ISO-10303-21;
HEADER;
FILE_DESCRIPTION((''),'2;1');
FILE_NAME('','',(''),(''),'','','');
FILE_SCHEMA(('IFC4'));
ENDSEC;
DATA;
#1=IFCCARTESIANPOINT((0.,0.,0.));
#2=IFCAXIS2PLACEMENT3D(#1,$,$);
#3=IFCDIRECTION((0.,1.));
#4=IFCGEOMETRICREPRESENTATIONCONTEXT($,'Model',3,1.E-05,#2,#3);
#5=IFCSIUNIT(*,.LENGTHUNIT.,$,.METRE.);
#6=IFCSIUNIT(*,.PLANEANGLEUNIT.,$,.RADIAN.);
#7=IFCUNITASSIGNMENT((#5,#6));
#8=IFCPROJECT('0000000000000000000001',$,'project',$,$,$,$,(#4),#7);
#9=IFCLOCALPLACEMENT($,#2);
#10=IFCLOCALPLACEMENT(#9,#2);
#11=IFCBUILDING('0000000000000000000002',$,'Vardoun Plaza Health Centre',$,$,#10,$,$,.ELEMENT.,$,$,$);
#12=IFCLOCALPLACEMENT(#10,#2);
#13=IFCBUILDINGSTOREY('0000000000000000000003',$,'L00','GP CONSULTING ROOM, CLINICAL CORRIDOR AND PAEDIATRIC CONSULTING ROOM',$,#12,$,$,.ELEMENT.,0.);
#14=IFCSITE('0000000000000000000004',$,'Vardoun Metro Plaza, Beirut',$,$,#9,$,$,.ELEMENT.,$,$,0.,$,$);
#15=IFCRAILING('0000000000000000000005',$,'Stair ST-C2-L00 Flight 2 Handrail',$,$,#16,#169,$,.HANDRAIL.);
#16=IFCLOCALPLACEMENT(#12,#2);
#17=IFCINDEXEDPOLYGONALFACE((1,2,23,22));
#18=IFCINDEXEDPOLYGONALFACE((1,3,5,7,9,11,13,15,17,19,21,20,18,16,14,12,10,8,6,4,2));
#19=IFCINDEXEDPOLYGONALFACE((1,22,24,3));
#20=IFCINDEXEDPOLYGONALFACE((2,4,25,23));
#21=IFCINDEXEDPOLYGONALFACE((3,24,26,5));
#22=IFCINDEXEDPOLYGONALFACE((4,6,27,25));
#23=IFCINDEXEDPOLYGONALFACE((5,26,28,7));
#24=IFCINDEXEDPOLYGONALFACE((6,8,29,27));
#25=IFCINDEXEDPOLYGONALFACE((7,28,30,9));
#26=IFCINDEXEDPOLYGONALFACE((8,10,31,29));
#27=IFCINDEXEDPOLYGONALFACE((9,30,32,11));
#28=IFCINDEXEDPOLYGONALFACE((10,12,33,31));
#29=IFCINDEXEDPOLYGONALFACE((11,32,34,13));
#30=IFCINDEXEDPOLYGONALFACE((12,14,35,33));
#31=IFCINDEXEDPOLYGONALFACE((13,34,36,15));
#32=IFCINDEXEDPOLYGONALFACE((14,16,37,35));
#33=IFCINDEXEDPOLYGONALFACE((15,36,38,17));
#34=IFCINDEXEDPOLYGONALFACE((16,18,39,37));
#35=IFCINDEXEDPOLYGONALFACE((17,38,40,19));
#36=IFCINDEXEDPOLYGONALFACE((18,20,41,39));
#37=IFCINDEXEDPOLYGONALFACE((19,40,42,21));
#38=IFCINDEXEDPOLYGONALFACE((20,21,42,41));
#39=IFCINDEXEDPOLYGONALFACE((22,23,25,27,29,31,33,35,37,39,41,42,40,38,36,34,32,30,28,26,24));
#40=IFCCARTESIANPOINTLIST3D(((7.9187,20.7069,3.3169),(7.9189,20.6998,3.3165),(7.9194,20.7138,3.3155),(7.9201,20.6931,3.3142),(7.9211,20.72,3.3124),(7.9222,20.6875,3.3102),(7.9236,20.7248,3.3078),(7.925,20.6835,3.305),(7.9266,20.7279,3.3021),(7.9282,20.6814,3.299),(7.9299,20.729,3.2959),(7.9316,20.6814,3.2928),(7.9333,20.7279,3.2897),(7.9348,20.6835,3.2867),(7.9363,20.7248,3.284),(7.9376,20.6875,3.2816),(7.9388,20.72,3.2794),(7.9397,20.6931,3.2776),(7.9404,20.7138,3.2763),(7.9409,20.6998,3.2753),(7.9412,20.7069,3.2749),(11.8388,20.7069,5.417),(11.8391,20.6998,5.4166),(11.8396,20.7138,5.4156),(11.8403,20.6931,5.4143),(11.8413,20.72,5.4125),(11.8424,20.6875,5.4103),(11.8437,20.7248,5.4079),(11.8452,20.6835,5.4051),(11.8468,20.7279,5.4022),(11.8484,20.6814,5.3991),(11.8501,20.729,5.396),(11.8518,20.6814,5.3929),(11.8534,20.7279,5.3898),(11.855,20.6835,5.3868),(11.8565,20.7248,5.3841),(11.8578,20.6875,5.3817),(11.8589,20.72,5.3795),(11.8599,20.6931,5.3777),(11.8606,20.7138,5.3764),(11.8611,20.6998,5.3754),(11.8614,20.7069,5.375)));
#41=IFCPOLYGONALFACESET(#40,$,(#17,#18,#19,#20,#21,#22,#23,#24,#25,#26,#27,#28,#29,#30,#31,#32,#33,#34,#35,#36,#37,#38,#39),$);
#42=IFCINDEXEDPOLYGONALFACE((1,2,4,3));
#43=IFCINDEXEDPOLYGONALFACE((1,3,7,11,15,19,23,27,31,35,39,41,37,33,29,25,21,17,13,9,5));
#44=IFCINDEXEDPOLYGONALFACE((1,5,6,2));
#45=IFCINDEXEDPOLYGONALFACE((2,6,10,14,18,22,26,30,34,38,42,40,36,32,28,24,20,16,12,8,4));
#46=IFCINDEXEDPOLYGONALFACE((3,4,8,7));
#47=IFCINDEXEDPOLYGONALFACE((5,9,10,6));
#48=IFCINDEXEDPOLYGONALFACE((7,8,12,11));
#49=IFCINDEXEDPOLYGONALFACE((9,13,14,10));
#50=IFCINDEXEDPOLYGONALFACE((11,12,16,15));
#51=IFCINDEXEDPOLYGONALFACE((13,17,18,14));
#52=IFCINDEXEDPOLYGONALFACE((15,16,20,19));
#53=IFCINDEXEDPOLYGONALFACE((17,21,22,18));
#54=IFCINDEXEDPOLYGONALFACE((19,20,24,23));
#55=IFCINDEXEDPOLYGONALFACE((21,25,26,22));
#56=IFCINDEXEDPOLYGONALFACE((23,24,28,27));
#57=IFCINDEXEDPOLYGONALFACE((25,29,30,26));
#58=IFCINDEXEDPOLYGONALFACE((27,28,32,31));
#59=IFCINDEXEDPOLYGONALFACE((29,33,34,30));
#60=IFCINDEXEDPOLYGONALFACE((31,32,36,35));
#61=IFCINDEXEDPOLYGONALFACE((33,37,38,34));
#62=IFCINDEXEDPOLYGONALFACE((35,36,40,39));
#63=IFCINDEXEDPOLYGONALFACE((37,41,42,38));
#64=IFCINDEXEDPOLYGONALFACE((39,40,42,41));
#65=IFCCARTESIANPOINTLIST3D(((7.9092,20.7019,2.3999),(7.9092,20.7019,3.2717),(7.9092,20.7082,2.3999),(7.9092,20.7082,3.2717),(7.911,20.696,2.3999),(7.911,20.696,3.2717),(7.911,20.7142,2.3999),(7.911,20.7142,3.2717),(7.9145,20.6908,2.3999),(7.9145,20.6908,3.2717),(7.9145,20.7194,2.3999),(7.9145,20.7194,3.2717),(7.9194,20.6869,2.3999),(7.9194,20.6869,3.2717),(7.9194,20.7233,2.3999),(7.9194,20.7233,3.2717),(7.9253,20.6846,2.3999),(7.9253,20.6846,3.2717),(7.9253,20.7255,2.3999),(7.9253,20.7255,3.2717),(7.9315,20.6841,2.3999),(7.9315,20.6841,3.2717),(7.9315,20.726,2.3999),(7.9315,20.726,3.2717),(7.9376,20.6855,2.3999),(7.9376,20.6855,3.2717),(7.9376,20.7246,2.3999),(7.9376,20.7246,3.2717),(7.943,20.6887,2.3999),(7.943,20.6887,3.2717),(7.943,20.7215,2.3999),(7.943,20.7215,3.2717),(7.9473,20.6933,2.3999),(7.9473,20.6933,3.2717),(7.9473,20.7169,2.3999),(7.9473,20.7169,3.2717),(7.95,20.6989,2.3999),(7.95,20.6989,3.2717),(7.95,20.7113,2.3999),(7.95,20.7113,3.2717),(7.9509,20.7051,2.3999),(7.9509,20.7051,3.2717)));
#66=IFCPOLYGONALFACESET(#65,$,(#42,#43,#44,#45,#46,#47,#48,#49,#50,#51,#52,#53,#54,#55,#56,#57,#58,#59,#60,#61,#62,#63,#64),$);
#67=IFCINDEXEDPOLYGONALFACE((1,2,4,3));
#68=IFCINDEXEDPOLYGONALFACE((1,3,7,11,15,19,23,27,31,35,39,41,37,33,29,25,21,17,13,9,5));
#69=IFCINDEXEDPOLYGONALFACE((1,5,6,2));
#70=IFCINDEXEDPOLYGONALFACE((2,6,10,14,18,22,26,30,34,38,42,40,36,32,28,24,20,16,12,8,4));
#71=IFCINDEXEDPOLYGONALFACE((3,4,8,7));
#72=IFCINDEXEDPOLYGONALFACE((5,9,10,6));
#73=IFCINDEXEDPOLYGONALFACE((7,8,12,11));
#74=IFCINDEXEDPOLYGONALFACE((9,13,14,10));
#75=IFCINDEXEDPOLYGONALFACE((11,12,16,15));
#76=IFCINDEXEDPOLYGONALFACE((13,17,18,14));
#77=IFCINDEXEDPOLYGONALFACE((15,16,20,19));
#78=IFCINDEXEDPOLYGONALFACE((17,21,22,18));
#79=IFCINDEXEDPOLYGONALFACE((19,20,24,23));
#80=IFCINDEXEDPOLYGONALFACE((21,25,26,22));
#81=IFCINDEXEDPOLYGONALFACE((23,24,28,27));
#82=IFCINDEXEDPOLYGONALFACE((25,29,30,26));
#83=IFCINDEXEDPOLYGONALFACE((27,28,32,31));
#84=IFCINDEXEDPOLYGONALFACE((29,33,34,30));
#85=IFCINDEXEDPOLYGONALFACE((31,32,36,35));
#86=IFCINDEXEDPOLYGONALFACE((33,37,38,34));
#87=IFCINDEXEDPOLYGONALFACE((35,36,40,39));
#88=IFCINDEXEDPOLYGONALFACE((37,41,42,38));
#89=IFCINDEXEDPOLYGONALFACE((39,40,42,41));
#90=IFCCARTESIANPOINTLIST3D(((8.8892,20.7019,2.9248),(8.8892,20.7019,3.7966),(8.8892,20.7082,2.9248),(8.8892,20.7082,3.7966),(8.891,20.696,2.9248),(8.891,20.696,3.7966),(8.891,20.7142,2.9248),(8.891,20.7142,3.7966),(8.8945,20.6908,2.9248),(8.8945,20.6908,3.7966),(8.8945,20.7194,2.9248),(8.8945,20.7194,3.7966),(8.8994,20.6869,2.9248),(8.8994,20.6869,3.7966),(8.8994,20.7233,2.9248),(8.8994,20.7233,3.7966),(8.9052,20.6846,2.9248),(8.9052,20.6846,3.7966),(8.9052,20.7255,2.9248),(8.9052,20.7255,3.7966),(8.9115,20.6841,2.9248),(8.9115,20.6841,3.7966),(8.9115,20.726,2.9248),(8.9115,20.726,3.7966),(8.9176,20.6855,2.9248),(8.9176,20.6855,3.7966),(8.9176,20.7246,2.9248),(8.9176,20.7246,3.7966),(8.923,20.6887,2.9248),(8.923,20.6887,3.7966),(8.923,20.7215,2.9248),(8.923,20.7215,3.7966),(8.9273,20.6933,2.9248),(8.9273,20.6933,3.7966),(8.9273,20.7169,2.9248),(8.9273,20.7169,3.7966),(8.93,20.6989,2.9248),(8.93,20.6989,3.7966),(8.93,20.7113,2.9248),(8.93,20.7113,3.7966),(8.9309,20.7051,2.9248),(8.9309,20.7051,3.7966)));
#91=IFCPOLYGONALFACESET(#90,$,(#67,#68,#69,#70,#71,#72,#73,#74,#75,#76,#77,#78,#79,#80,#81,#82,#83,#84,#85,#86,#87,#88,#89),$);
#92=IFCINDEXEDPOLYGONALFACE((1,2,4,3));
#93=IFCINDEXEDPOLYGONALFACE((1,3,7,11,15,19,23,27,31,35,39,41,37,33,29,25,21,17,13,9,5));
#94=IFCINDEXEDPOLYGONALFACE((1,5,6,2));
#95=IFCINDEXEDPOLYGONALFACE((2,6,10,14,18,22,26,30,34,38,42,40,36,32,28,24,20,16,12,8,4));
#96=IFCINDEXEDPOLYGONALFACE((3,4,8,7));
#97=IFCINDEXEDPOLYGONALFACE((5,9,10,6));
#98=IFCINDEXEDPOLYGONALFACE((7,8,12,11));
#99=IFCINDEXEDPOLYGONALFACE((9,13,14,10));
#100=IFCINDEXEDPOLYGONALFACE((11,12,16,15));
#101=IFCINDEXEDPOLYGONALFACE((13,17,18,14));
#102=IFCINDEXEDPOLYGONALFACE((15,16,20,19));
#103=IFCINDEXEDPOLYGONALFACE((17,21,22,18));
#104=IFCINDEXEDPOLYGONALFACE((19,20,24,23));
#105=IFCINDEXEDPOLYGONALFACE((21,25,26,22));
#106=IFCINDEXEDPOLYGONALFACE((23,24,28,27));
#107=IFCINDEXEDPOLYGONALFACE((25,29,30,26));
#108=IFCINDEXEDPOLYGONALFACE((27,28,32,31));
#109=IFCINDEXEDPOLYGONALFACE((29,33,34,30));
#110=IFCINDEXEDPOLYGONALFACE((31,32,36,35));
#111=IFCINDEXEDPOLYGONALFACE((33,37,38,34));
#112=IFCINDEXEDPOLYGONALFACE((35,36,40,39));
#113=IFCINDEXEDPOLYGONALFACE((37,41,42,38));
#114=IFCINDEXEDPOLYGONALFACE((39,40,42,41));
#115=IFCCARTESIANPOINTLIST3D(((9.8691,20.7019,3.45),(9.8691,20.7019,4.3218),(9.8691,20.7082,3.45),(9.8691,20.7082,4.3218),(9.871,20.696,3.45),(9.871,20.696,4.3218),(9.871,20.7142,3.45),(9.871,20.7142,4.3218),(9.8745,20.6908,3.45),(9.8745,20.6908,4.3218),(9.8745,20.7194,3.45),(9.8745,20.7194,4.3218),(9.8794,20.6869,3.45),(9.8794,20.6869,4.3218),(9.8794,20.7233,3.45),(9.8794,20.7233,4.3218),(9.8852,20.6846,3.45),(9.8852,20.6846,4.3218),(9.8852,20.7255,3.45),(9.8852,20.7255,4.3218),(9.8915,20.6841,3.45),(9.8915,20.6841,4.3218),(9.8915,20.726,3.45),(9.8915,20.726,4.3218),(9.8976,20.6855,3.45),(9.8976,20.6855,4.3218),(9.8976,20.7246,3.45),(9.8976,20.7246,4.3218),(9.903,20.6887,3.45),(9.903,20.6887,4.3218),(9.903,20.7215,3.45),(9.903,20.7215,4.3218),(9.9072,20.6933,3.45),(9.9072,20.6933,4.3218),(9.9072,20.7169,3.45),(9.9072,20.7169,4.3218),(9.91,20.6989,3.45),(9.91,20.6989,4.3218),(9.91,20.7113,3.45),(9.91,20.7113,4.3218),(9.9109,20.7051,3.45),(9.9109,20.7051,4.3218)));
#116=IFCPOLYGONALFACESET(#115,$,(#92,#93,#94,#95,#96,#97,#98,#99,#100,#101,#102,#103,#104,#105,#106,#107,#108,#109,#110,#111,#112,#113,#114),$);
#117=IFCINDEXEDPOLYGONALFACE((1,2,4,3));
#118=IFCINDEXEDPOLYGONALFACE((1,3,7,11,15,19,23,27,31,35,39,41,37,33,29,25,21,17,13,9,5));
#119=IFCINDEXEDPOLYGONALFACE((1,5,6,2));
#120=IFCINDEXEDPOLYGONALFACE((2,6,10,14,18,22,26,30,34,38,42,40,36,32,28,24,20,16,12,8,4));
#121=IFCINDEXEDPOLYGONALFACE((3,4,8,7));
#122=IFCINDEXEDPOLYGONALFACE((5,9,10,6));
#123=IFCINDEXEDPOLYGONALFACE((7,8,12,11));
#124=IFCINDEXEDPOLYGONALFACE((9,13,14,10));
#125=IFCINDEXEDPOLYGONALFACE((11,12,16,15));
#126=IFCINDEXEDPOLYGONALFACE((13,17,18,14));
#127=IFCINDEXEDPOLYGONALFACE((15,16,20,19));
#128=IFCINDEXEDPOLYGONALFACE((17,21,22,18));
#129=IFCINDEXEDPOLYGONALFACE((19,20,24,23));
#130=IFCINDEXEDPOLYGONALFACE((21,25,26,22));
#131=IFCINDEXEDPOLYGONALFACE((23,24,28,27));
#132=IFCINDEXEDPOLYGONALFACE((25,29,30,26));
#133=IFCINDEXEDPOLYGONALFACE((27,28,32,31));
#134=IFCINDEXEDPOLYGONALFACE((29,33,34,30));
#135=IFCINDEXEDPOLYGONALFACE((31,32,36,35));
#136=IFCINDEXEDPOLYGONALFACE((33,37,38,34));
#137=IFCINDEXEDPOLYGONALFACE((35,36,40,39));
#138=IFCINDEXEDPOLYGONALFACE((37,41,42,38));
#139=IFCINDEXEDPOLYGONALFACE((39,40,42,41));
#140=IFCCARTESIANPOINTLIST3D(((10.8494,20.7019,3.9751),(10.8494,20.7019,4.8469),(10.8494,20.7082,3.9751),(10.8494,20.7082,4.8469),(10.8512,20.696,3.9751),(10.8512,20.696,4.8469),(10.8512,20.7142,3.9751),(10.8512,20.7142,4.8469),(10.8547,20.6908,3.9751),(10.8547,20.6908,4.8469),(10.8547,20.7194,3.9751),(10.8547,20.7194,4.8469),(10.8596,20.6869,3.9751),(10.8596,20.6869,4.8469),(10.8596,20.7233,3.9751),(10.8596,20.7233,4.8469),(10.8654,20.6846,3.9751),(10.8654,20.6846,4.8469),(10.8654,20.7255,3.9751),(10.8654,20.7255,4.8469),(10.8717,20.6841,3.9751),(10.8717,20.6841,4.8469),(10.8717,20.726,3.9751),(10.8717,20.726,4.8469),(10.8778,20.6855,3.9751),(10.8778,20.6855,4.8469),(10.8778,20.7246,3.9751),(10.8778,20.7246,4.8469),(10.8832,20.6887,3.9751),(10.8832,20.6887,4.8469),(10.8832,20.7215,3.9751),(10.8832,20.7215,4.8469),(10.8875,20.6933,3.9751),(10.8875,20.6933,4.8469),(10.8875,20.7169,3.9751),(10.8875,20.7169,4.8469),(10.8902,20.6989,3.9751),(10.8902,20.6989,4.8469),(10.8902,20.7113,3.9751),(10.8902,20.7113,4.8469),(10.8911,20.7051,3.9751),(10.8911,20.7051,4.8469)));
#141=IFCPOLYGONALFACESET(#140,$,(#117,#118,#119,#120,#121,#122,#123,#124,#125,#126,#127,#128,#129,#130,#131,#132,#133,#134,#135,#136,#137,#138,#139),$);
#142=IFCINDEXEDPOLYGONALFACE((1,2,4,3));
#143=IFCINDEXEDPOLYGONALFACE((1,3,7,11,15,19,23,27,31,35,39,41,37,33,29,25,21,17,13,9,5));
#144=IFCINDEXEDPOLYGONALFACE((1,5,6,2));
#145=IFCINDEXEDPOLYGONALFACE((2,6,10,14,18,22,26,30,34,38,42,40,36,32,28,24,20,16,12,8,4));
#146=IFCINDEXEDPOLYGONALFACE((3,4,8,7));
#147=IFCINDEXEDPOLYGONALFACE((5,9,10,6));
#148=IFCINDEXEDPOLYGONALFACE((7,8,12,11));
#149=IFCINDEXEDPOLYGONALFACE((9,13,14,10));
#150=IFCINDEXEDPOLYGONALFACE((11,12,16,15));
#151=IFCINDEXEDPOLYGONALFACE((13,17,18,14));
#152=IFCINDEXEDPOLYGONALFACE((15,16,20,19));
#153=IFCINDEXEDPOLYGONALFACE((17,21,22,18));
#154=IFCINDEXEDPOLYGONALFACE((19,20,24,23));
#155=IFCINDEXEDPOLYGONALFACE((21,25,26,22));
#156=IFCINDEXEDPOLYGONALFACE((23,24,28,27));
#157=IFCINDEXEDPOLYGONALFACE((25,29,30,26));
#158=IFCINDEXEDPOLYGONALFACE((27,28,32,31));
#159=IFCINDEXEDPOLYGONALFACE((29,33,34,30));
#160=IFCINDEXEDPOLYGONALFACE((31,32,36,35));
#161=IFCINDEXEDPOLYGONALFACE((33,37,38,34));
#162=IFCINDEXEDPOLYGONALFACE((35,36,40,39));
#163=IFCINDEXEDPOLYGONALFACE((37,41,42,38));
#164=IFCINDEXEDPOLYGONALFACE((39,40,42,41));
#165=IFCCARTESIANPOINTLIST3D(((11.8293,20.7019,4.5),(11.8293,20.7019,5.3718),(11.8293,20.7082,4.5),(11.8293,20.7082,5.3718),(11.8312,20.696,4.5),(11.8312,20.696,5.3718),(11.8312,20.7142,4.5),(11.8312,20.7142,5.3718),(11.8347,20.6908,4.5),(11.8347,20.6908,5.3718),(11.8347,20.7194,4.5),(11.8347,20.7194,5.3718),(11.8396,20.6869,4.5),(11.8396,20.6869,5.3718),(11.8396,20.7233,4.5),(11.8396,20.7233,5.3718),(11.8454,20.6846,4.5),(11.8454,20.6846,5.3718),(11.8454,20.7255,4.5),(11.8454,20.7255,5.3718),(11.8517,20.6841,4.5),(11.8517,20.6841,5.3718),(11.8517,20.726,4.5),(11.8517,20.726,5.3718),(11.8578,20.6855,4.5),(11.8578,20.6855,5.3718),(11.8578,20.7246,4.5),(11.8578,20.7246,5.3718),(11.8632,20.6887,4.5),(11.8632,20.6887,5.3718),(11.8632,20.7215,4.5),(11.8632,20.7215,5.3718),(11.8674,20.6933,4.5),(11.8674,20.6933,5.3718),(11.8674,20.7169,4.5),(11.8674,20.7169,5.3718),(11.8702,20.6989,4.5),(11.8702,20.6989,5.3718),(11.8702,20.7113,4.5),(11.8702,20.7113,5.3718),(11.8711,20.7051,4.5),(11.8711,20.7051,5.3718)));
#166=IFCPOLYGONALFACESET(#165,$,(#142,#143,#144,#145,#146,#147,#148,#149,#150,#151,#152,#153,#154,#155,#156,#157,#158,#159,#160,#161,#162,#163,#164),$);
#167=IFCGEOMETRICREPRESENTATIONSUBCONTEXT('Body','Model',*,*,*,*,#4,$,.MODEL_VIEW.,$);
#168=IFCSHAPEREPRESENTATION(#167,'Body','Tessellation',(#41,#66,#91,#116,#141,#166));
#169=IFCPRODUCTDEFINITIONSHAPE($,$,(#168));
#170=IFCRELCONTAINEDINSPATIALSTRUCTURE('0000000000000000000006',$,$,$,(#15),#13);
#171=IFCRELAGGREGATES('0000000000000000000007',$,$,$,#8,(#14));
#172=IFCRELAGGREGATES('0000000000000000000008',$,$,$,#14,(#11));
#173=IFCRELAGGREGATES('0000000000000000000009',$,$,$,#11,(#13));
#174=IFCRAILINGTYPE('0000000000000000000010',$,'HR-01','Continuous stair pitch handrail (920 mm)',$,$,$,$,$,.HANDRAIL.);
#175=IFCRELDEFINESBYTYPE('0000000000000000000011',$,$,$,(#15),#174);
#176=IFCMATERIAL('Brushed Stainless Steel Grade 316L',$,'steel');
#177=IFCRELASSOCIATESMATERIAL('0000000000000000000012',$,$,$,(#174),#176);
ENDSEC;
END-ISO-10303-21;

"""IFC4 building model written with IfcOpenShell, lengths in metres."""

from ifc_helpers import new_model, si_unit, direction, frame, origin, origin_2d, place, context, subcontext, project, spatial, circle, extrude, material, type_object, element, save


model = new_model("IFC4")

# Units and contexts
model_context = context("Model", 3, precision=1e-05, world=origin(), true_north=direction((0.0, 1.0)))
body_context = subcontext(model_context, "Body", "Model", "MODEL_VIEW")
ifc_project = project(units=[si_unit("LENGTHUNIT", "METRE"), si_unit("PLANEANGLEUNIT", "RADIAN")], contexts=[model_context])

# Site, building, storey
site_placement = place(None, origin())
site = spatial("IfcSite", under=ifc_project, at=site_placement, Name="Vardoun Metro Plaza, Beirut", CompositionType="ELEMENT", RefElevation=0.0)
building_placement = place(site_placement, origin())
building = spatial("IfcBuilding", under=site, at=building_placement, Name="Vardoun Plaza Health Centre", CompositionType="ELEMENT")
storey_placement = place(building_placement, origin())
storey = spatial("IfcBuildingStorey", under=building, at=storey_placement, Name="L00", Description="GP CONSULTING ROOM, CLINICAL CORRIDOR AND PAEDIATRIC CONSULTING ROOM", CompositionType="ELEMENT", Elevation=0.0)

# Railing
ifc_material_1 = material(Name="Brushed Stainless Steel Grade 316L", Category="steel")
railing_type_1 = type_object("IfcRailingType", Name="HR-01", Description="Continuous stair pitch handrail (920 mm)", PredefinedType="HANDRAIL", material=ifc_material_1)
railing_1_placement = place(storey_placement, frame((7.9299, 20.7051, 2.3999)))
element("IfcRailing", 1, at=railing_1_placement, inside=storey, type_object=railing_type_1, Name="Stair ST-C2-L00 Flight 2 Handrail", PredefinedType="HANDRAIL", context=body_context, shape_type="SweptSolid", body=[
    extrude(circle(Radius=0.0239, at=origin_2d()), frame((0.0, 0.0, 0.896), z_axis=(0.881479, 0.0, 0.472223), x_axis=(0.0, 1.0, 0.0)), (0.0, 0.0, 1.0), 4.4473),
    extrude(circle(Radius=0.021, at=origin_2d()), origin(), (0.0, 0.0, 1.0), 0.8718),
    extrude(circle(Radius=0.021, at=origin_2d()), frame((0.98, 0.0, 0.5249)), (0.0, 0.0, 1.0), 0.8718),
    extrude(circle(Radius=0.021, at=origin_2d()), frame((1.96, 0.0, 1.05)), (0.0, 0.0, 1.0), 0.8718),
    extrude(circle(Radius=0.021, at=origin_2d()), frame((2.9402, 0.0, 1.5752)), (0.0, 0.0, 1.0), 0.8718),
    extrude(circle(Radius=0.021, at=origin_2d()), frame((3.9202, 0.0, 2.1001)), (0.0, 0.0, 1.0), 0.8718),
])

save(model, "model.ifc")
